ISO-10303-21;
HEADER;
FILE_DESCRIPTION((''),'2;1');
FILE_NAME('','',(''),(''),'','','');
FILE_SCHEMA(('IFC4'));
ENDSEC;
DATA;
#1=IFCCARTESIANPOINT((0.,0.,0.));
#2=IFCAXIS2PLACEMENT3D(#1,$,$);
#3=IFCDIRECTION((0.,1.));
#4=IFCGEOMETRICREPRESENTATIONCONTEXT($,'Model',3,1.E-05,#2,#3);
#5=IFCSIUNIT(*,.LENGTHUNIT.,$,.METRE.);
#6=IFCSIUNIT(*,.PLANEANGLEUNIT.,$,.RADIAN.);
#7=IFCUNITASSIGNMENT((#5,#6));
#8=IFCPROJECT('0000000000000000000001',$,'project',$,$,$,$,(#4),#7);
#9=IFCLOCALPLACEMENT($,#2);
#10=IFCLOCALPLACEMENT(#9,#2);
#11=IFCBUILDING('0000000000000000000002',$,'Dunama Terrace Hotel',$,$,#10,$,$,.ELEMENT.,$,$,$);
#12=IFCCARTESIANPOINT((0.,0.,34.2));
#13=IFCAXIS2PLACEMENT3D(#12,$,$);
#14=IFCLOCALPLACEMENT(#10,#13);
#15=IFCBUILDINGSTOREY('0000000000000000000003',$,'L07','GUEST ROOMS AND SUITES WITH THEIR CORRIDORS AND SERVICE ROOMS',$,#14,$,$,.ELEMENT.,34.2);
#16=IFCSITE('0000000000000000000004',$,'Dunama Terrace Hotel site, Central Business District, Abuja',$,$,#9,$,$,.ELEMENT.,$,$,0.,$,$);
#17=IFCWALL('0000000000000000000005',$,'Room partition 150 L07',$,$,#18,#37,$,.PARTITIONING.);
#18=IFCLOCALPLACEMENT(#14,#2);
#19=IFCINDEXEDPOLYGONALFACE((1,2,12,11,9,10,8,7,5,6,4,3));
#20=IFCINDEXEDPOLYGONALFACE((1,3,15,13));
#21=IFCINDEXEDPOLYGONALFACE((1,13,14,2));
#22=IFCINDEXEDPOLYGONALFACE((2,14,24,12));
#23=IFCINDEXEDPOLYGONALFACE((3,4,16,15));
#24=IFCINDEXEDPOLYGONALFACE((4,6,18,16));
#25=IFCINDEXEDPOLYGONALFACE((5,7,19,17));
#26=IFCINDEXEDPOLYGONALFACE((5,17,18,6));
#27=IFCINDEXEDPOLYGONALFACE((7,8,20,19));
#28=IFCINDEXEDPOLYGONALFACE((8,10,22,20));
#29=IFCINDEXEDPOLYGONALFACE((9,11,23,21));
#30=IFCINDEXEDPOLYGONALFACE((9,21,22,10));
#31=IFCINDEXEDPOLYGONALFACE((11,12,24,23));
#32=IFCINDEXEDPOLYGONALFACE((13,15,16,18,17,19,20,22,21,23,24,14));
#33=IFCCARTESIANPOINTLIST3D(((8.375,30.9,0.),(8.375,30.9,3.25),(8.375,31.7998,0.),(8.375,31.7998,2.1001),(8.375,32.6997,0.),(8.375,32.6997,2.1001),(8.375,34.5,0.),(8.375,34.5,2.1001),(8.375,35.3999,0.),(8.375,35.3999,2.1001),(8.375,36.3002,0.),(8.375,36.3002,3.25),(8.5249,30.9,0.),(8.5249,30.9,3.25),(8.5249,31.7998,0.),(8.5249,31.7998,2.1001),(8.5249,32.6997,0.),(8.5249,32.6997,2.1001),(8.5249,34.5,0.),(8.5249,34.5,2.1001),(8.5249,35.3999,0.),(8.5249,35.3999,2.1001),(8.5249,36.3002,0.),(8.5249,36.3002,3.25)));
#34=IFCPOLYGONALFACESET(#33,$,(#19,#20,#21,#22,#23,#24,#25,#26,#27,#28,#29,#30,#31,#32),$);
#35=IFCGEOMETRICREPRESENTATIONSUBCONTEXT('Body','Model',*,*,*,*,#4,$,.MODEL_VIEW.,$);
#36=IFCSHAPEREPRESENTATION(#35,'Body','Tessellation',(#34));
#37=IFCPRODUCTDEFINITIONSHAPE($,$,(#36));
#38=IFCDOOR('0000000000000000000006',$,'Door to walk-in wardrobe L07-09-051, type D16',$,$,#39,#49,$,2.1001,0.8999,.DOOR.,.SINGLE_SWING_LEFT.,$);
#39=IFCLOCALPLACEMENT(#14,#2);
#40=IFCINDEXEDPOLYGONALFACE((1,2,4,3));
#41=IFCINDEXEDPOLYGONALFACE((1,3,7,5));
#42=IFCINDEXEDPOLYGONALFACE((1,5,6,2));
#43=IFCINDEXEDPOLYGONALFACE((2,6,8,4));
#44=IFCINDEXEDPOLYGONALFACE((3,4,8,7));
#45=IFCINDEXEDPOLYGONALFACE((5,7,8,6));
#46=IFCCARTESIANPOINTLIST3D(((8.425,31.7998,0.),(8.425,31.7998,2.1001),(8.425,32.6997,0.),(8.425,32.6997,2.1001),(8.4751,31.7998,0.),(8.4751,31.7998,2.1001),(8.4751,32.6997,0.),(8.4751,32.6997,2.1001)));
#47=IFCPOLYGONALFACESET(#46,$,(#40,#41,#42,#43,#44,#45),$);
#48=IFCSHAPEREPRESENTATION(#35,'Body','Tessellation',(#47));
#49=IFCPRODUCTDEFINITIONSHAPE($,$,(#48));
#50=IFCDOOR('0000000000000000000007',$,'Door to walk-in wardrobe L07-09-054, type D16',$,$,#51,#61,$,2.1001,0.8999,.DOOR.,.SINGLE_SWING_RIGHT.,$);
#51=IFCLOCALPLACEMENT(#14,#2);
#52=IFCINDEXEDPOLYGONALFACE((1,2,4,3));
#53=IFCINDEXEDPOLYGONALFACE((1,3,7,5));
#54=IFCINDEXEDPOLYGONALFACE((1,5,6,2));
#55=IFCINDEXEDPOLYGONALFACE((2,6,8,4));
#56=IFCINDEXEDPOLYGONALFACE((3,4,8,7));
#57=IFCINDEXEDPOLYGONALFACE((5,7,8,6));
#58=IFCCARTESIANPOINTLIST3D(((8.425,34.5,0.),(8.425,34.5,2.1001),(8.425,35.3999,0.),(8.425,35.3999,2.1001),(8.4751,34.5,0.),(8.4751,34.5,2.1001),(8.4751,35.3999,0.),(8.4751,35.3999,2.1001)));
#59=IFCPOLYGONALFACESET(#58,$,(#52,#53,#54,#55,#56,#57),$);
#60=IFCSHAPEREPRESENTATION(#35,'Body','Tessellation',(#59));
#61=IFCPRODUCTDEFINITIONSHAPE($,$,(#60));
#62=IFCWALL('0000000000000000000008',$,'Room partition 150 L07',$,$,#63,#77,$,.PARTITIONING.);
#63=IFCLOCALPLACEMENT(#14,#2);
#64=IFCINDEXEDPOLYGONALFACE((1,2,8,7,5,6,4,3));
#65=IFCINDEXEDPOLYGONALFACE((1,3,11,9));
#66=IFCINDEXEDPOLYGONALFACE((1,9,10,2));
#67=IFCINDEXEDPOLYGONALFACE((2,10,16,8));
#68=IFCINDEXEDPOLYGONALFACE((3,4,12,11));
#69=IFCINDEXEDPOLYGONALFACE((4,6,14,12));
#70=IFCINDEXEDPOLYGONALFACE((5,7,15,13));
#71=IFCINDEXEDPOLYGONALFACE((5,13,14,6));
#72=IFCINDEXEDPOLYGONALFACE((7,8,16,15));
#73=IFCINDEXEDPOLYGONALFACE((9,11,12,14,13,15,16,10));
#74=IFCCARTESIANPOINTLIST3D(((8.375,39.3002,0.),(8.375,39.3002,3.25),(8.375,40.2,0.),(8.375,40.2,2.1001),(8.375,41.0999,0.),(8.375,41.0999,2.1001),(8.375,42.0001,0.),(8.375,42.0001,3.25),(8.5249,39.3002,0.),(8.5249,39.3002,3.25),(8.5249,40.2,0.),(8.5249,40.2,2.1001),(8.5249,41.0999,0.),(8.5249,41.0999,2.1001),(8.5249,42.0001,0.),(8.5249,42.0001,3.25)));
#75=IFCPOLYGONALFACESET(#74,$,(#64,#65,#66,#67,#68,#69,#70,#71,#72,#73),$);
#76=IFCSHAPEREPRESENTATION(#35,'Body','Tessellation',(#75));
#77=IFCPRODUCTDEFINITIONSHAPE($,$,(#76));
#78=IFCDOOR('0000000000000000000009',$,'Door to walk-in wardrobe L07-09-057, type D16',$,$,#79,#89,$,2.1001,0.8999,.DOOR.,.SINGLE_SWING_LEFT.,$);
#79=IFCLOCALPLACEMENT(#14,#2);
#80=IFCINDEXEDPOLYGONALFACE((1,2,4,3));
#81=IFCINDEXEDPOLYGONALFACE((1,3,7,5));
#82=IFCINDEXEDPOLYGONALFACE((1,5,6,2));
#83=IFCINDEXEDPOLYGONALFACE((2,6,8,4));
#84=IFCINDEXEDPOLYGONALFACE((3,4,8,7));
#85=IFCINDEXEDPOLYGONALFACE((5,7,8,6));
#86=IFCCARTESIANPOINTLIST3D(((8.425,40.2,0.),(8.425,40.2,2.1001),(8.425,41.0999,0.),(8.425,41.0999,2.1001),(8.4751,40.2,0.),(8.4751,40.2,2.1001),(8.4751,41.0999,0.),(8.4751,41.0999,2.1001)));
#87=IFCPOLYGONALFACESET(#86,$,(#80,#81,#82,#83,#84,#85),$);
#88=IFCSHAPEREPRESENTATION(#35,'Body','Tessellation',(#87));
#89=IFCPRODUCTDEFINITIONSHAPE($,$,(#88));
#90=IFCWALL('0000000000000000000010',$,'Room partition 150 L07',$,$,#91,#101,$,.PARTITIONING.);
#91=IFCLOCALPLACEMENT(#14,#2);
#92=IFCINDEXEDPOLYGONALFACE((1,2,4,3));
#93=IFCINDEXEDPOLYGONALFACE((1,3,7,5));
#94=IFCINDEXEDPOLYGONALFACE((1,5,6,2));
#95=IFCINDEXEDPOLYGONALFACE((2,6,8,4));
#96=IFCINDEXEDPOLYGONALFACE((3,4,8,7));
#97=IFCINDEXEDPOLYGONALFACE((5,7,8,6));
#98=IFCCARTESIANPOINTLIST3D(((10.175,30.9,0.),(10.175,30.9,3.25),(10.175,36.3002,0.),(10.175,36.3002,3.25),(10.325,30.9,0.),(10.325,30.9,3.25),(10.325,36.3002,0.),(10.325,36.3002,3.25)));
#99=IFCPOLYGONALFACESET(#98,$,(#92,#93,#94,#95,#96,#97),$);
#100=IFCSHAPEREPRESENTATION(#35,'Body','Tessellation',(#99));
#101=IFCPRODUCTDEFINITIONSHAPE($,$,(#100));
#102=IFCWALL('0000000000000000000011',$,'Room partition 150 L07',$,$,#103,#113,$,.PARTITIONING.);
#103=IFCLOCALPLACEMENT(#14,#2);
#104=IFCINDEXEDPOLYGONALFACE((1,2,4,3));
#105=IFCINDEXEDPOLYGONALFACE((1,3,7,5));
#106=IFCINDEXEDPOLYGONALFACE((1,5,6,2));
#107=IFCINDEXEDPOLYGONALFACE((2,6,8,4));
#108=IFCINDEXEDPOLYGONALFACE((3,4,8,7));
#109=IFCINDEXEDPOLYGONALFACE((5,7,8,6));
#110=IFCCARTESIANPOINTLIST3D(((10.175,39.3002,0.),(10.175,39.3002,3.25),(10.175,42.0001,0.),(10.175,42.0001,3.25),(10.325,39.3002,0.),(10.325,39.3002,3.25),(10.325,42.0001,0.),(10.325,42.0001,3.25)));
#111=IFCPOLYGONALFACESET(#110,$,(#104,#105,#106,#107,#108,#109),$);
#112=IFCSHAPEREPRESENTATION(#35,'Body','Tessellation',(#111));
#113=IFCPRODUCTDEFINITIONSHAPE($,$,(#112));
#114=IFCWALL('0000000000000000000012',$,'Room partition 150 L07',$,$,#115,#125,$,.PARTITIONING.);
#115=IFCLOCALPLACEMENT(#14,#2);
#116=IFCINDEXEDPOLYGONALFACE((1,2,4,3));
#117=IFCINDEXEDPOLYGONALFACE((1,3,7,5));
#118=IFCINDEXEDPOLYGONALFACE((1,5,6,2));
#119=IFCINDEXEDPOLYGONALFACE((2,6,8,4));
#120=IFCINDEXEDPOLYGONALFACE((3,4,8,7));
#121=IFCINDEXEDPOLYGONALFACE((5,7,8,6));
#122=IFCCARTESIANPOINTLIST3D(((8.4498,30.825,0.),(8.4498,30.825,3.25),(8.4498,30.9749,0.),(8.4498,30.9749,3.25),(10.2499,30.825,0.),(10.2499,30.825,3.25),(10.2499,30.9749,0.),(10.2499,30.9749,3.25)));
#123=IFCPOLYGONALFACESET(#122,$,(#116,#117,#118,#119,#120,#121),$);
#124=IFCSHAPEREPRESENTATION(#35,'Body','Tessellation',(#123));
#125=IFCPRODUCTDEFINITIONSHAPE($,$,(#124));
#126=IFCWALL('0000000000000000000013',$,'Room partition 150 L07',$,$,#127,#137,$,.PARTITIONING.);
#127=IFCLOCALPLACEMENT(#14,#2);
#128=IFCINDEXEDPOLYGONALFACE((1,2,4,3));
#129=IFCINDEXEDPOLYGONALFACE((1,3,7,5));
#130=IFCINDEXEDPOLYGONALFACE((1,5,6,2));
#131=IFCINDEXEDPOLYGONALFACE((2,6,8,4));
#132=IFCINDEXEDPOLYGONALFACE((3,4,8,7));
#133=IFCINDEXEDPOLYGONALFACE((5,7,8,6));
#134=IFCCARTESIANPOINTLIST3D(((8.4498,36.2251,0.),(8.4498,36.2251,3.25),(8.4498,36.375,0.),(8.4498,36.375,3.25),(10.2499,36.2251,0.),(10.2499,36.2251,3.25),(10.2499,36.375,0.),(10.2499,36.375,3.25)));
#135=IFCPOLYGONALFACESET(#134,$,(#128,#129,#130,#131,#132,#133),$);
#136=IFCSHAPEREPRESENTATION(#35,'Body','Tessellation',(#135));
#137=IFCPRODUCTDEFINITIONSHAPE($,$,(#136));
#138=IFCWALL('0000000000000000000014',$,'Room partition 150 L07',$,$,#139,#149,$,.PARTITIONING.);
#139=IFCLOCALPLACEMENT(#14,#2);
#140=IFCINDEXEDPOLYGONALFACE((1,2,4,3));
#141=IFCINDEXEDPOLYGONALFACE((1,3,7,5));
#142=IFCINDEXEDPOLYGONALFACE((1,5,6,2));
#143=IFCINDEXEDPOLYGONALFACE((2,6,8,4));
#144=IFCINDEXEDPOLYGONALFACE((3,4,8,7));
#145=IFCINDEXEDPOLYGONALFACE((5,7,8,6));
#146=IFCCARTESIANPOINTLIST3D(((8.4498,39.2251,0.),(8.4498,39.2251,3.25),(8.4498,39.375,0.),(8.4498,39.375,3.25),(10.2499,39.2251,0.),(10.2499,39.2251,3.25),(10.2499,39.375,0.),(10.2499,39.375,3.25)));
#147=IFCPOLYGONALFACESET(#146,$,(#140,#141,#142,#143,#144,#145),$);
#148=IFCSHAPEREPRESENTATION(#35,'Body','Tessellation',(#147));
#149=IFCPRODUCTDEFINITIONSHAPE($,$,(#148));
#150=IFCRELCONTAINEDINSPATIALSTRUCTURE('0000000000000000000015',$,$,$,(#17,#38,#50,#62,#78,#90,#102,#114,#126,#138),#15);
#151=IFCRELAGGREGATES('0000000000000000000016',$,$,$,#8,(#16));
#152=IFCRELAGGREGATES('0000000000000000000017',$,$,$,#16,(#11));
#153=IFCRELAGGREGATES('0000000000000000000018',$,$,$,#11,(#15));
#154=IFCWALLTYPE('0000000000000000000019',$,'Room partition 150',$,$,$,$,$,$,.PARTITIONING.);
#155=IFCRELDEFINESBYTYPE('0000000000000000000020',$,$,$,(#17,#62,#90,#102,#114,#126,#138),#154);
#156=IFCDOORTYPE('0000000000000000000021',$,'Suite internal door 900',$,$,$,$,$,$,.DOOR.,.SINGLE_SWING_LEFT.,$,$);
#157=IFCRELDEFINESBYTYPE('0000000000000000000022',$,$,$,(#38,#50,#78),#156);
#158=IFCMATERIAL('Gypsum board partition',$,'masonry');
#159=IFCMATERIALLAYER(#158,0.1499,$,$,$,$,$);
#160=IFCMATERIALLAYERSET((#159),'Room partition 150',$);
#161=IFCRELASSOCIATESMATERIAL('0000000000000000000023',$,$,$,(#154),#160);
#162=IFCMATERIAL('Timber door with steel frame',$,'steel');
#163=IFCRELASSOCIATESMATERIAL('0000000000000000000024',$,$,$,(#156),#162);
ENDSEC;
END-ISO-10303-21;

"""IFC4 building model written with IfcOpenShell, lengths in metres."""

from ifc_helpers import new_model, si_unit, direction, frame, frame_2d, origin, place, context, subcontext, project, spatial, rectangle, extrude, material, layer, layer_set, type_object, element, fill, save


model = new_model("IFC4")

# Units and contexts
model_context = context("Model", 3, precision=1e-05, world=origin(), true_north=direction((0.0, 1.0)))
body_context = subcontext(model_context, "Body", "Model", "MODEL_VIEW")
ifc_project = project(units=[si_unit("LENGTHUNIT", "METRE"), si_unit("PLANEANGLEUNIT", "RADIAN")], contexts=[model_context])

# Site, building, storey
site_placement = place(None, origin())
site = spatial("IfcSite", under=ifc_project, at=site_placement, Name="Dunama Terrace Hotel site, Central Business District, Abuja", CompositionType="ELEMENT", RefElevation=0.0)
building_placement = place(site_placement, origin())
building = spatial("IfcBuilding", under=site, at=building_placement, Name="Dunama Terrace Hotel", CompositionType="ELEMENT")
storey_placement = place(building_placement, frame((0.0, 0.0, 34.2)))
storey = spatial("IfcBuildingStorey", under=building, at=storey_placement, Name="L07", Description="GUEST ROOMS AND SUITES WITH THEIR CORRIDORS AND SERVICE ROOMS", CompositionType="ELEMENT", Elevation=34.2)

# Shared definitions
ifc_material_1 = material(Name="Gypsum board partition", Category="masonry")
ifc_layer_1 = layer(ifc_material_1, 0.1499)
ifc_layer_set_1 = layer_set([ifc_layer_1], Name="Room partition 150")
wall_type_1 = type_object("IfcWallType", Name="Room partition 150", PredefinedType="PARTITIONING", material=ifc_layer_set_1)

# Wall, openings, doors
wall_1_placement = place(storey_placement, frame((8.45, 30.8999, 0.0), z_axis=(0.0, 0.0, 1.0), x_axis=(0.0, 1.0, 0.0)))
wall_1 = element("IfcWall", 1, at=wall_1_placement, inside=storey, type_object=wall_type_1, Name="Room partition 150 L07", PredefinedType="PARTITIONING", context=body_context, shape_type="SweptSolid", body=[
    extrude(rectangle(XDim=5.4001, YDim=0.1499, at=frame_2d((2.7002, 0.0))), origin(), (0.0, 0.0, 1.0), 3.25),
])
opening_1_placement = place(wall_1_placement, frame((0.8999, 0.0, 0.0)))
opening_1 = element("IfcOpeningElement", 2, at=opening_1_placement, cuts=wall_1, PredefinedType="OPENING", context=body_context, shape_type="SweptSolid", body=[
    extrude(rectangle(XDim=0.8999, YDim=2.1001, at=frame_2d((0.45, 1.05))), frame((0.0, 0.085, 0.0), z_axis=(0.0, -1.0, 0.0), x_axis=(1.0, 0.0, 0.0)), (0.0, 0.0, 1.0), 0.1699),
])
opening_2_placement = place(wall_1_placement, frame((3.6001, 0.0, 0.0)))
opening_2 = element("IfcOpeningElement", 3, at=opening_2_placement, cuts=wall_1, PredefinedType="OPENING", context=body_context, shape_type="SweptSolid", body=[
    extrude(rectangle(XDim=0.8999, YDim=2.1001, at=frame_2d((0.45, 1.05))), frame((0.0, 0.085, 0.0), z_axis=(0.0, -1.0, 0.0), x_axis=(1.0, 0.0, 0.0)), (0.0, 0.0, 1.0), 0.1699),
])
ifc_material_2 = material(Name="Timber door with steel frame", Category="steel")
door_type_1 = type_object("IfcDoorType", Name="Suite internal door 900", OperationType="SINGLE_SWING_LEFT", PredefinedType="DOOR", material=ifc_material_2)
door_1_placement = place(opening_1_placement, frame((0.8999, 0.0, 0.0), z_axis=(0.0, 0.0, 1.0), x_axis=(-1.0, 0.0, 0.0)))
door_1 = element("IfcDoor", 4, at=door_1_placement, inside=storey, type_object=door_type_1, Name="Door to walk-in wardrobe L07-09-051, type D16", OperationType="SINGLE_SWING_LEFT", OverallHeight=2.1001, OverallWidth=0.8999, PredefinedType="DOOR", context=body_context, shape_type="SweptSolid", body=[
    extrude(rectangle(XDim=0.8999, YDim=2.1001, at=frame_2d((0.45, 1.05))), frame((0.0, 0.0251, 0.0), z_axis=(0.0, -1.0, 0.0), x_axis=(1.0, 0.0, 0.0)), (0.0, 0.0, 1.0), 0.05),
])
fill(opening_1, door_1)
door_2_placement = place(opening_2_placement, frame((0.8999, 0.0, 0.0), z_axis=(0.0, 0.0, 1.0), x_axis=(-1.0, 0.0, 0.0)))
door_2 = element("IfcDoor", 5, at=door_2_placement, inside=storey, type_object=door_type_1, Name="Door to walk-in wardrobe L07-09-054, type D16", OperationType="SINGLE_SWING_RIGHT", OverallHeight=2.1001, OverallWidth=0.8999, PredefinedType="DOOR", context=body_context, shape_type="SweptSolid", body=[
    extrude(rectangle(XDim=0.8999, YDim=2.1001, at=frame_2d((0.45, 1.05))), frame((0.0, 0.0251, 0.0), z_axis=(0.0, -1.0, 0.0), x_axis=(1.0, 0.0, 0.0)), (0.0, 0.0, 1.0), 0.05),
])
fill(opening_2, door_2)

# Wall, opening, door
wall_2_placement = place(storey_placement, frame((8.45, 39.3, 0.0), z_axis=(0.0, 0.0, 1.0), x_axis=(0.0, 1.0, 0.0)))
wall_2 = element("IfcWall", 6, at=wall_2_placement, inside=storey, type_object=wall_type_1, Name="Room partition 150 L07", PredefinedType="PARTITIONING", context=body_context, shape_type="SweptSolid", body=[
    extrude(rectangle(XDim=2.7, YDim=0.1499, at=frame_2d((1.3501, 0.0))), origin(), (0.0, 0.0, 1.0), 3.25),
])
opening_3_placement = place(wall_2_placement, frame((0.8999, 0.0, 0.0)))
opening_3 = element("IfcOpeningElement", 7, at=opening_3_placement, cuts=wall_2, PredefinedType="OPENING", context=body_context, shape_type="SweptSolid", body=[
    extrude(rectangle(XDim=0.8999, YDim=2.1001, at=frame_2d((0.45, 1.05))), frame((0.0, 0.085, 0.0), z_axis=(0.0, -1.0, 0.0), x_axis=(1.0, 0.0, 0.0)), (0.0, 0.0, 1.0), 0.1699),
])
door_3_placement = place(opening_3_placement, frame((0.8999, 0.0, 0.0), z_axis=(0.0, 0.0, 1.0), x_axis=(-1.0, 0.0, 0.0)))
door_3 = element("IfcDoor", 8, at=door_3_placement, inside=storey, type_object=door_type_1, Name="Door to walk-in wardrobe L07-09-057, type D16", OperationType="SINGLE_SWING_LEFT", OverallHeight=2.1001, OverallWidth=0.8999, PredefinedType="DOOR", context=body_context, shape_type="SweptSolid", body=[
    extrude(rectangle(XDim=0.8999, YDim=2.1001, at=frame_2d((0.45, 1.05))), frame((0.0, 0.0251, 0.0), z_axis=(0.0, -1.0, 0.0), x_axis=(1.0, 0.0, 0.0)), (0.0, 0.0, 1.0), 0.05),
])
fill(opening_3, door_3)

# Walls
wall_3_placement = place(storey_placement, frame((10.25, 30.8999, 0.0), z_axis=(0.0, 0.0, 1.0), x_axis=(0.0, 1.0, 0.0)))
element("IfcWall", 9, at=wall_3_placement, inside=storey, type_object=wall_type_1, Name="Room partition 150 L07", PredefinedType="PARTITIONING", context=body_context, shape_type="SweptSolid", body=[
    extrude(rectangle(XDim=5.4001, YDim=0.1499, at=frame_2d((2.7002, 0.0))), origin(), (0.0, 0.0, 1.0), 3.25),
])
wall_4_placement = place(storey_placement, frame((10.25, 39.3, 0.0), z_axis=(0.0, 0.0, 1.0), x_axis=(0.0, 1.0, 0.0)))
element("IfcWall", 10, at=wall_4_placement, inside=storey, type_object=wall_type_1, Name="Room partition 150 L07", PredefinedType="PARTITIONING", context=body_context, shape_type="SweptSolid", body=[
    extrude(rectangle(XDim=2.7, YDim=0.1499, at=frame_2d((1.3501, 0.0))), origin(), (0.0, 0.0, 1.0), 3.25),
])
for number, where, z_axis, x_axis, name in (
    (11, (8.45, 30.8999, 0.0), (0.0, 0.0, 1.0), (1.0, 0.0, 0.0), "Room partition 150 L07"),
    (12, (8.45, 36.3, 0.0), (0.0, 0.0, 1.0), (1.0, 0.0, 0.0), "Room partition 150 L07"),
    (13, (8.45, 39.3, 0.0), (0.0, 0.0, 1.0), (1.0, 0.0, 0.0), "Room partition 150 L07"),
):
    element("IfcWall", number, at=place(storey_placement, frame(where, z_axis=z_axis, x_axis=x_axis)), inside=storey, type_object=wall_type_1, Name=name, PredefinedType="PARTITIONING", context=body_context, shape_type="SweptSolid", body=[
        extrude(rectangle(XDim=1.8, YDim=0.1499, at=frame_2d((0.8999, 0.0))), origin(), (0.0, 0.0, 1.0), 3.25),
    ])

save(model, "model.ifc")
